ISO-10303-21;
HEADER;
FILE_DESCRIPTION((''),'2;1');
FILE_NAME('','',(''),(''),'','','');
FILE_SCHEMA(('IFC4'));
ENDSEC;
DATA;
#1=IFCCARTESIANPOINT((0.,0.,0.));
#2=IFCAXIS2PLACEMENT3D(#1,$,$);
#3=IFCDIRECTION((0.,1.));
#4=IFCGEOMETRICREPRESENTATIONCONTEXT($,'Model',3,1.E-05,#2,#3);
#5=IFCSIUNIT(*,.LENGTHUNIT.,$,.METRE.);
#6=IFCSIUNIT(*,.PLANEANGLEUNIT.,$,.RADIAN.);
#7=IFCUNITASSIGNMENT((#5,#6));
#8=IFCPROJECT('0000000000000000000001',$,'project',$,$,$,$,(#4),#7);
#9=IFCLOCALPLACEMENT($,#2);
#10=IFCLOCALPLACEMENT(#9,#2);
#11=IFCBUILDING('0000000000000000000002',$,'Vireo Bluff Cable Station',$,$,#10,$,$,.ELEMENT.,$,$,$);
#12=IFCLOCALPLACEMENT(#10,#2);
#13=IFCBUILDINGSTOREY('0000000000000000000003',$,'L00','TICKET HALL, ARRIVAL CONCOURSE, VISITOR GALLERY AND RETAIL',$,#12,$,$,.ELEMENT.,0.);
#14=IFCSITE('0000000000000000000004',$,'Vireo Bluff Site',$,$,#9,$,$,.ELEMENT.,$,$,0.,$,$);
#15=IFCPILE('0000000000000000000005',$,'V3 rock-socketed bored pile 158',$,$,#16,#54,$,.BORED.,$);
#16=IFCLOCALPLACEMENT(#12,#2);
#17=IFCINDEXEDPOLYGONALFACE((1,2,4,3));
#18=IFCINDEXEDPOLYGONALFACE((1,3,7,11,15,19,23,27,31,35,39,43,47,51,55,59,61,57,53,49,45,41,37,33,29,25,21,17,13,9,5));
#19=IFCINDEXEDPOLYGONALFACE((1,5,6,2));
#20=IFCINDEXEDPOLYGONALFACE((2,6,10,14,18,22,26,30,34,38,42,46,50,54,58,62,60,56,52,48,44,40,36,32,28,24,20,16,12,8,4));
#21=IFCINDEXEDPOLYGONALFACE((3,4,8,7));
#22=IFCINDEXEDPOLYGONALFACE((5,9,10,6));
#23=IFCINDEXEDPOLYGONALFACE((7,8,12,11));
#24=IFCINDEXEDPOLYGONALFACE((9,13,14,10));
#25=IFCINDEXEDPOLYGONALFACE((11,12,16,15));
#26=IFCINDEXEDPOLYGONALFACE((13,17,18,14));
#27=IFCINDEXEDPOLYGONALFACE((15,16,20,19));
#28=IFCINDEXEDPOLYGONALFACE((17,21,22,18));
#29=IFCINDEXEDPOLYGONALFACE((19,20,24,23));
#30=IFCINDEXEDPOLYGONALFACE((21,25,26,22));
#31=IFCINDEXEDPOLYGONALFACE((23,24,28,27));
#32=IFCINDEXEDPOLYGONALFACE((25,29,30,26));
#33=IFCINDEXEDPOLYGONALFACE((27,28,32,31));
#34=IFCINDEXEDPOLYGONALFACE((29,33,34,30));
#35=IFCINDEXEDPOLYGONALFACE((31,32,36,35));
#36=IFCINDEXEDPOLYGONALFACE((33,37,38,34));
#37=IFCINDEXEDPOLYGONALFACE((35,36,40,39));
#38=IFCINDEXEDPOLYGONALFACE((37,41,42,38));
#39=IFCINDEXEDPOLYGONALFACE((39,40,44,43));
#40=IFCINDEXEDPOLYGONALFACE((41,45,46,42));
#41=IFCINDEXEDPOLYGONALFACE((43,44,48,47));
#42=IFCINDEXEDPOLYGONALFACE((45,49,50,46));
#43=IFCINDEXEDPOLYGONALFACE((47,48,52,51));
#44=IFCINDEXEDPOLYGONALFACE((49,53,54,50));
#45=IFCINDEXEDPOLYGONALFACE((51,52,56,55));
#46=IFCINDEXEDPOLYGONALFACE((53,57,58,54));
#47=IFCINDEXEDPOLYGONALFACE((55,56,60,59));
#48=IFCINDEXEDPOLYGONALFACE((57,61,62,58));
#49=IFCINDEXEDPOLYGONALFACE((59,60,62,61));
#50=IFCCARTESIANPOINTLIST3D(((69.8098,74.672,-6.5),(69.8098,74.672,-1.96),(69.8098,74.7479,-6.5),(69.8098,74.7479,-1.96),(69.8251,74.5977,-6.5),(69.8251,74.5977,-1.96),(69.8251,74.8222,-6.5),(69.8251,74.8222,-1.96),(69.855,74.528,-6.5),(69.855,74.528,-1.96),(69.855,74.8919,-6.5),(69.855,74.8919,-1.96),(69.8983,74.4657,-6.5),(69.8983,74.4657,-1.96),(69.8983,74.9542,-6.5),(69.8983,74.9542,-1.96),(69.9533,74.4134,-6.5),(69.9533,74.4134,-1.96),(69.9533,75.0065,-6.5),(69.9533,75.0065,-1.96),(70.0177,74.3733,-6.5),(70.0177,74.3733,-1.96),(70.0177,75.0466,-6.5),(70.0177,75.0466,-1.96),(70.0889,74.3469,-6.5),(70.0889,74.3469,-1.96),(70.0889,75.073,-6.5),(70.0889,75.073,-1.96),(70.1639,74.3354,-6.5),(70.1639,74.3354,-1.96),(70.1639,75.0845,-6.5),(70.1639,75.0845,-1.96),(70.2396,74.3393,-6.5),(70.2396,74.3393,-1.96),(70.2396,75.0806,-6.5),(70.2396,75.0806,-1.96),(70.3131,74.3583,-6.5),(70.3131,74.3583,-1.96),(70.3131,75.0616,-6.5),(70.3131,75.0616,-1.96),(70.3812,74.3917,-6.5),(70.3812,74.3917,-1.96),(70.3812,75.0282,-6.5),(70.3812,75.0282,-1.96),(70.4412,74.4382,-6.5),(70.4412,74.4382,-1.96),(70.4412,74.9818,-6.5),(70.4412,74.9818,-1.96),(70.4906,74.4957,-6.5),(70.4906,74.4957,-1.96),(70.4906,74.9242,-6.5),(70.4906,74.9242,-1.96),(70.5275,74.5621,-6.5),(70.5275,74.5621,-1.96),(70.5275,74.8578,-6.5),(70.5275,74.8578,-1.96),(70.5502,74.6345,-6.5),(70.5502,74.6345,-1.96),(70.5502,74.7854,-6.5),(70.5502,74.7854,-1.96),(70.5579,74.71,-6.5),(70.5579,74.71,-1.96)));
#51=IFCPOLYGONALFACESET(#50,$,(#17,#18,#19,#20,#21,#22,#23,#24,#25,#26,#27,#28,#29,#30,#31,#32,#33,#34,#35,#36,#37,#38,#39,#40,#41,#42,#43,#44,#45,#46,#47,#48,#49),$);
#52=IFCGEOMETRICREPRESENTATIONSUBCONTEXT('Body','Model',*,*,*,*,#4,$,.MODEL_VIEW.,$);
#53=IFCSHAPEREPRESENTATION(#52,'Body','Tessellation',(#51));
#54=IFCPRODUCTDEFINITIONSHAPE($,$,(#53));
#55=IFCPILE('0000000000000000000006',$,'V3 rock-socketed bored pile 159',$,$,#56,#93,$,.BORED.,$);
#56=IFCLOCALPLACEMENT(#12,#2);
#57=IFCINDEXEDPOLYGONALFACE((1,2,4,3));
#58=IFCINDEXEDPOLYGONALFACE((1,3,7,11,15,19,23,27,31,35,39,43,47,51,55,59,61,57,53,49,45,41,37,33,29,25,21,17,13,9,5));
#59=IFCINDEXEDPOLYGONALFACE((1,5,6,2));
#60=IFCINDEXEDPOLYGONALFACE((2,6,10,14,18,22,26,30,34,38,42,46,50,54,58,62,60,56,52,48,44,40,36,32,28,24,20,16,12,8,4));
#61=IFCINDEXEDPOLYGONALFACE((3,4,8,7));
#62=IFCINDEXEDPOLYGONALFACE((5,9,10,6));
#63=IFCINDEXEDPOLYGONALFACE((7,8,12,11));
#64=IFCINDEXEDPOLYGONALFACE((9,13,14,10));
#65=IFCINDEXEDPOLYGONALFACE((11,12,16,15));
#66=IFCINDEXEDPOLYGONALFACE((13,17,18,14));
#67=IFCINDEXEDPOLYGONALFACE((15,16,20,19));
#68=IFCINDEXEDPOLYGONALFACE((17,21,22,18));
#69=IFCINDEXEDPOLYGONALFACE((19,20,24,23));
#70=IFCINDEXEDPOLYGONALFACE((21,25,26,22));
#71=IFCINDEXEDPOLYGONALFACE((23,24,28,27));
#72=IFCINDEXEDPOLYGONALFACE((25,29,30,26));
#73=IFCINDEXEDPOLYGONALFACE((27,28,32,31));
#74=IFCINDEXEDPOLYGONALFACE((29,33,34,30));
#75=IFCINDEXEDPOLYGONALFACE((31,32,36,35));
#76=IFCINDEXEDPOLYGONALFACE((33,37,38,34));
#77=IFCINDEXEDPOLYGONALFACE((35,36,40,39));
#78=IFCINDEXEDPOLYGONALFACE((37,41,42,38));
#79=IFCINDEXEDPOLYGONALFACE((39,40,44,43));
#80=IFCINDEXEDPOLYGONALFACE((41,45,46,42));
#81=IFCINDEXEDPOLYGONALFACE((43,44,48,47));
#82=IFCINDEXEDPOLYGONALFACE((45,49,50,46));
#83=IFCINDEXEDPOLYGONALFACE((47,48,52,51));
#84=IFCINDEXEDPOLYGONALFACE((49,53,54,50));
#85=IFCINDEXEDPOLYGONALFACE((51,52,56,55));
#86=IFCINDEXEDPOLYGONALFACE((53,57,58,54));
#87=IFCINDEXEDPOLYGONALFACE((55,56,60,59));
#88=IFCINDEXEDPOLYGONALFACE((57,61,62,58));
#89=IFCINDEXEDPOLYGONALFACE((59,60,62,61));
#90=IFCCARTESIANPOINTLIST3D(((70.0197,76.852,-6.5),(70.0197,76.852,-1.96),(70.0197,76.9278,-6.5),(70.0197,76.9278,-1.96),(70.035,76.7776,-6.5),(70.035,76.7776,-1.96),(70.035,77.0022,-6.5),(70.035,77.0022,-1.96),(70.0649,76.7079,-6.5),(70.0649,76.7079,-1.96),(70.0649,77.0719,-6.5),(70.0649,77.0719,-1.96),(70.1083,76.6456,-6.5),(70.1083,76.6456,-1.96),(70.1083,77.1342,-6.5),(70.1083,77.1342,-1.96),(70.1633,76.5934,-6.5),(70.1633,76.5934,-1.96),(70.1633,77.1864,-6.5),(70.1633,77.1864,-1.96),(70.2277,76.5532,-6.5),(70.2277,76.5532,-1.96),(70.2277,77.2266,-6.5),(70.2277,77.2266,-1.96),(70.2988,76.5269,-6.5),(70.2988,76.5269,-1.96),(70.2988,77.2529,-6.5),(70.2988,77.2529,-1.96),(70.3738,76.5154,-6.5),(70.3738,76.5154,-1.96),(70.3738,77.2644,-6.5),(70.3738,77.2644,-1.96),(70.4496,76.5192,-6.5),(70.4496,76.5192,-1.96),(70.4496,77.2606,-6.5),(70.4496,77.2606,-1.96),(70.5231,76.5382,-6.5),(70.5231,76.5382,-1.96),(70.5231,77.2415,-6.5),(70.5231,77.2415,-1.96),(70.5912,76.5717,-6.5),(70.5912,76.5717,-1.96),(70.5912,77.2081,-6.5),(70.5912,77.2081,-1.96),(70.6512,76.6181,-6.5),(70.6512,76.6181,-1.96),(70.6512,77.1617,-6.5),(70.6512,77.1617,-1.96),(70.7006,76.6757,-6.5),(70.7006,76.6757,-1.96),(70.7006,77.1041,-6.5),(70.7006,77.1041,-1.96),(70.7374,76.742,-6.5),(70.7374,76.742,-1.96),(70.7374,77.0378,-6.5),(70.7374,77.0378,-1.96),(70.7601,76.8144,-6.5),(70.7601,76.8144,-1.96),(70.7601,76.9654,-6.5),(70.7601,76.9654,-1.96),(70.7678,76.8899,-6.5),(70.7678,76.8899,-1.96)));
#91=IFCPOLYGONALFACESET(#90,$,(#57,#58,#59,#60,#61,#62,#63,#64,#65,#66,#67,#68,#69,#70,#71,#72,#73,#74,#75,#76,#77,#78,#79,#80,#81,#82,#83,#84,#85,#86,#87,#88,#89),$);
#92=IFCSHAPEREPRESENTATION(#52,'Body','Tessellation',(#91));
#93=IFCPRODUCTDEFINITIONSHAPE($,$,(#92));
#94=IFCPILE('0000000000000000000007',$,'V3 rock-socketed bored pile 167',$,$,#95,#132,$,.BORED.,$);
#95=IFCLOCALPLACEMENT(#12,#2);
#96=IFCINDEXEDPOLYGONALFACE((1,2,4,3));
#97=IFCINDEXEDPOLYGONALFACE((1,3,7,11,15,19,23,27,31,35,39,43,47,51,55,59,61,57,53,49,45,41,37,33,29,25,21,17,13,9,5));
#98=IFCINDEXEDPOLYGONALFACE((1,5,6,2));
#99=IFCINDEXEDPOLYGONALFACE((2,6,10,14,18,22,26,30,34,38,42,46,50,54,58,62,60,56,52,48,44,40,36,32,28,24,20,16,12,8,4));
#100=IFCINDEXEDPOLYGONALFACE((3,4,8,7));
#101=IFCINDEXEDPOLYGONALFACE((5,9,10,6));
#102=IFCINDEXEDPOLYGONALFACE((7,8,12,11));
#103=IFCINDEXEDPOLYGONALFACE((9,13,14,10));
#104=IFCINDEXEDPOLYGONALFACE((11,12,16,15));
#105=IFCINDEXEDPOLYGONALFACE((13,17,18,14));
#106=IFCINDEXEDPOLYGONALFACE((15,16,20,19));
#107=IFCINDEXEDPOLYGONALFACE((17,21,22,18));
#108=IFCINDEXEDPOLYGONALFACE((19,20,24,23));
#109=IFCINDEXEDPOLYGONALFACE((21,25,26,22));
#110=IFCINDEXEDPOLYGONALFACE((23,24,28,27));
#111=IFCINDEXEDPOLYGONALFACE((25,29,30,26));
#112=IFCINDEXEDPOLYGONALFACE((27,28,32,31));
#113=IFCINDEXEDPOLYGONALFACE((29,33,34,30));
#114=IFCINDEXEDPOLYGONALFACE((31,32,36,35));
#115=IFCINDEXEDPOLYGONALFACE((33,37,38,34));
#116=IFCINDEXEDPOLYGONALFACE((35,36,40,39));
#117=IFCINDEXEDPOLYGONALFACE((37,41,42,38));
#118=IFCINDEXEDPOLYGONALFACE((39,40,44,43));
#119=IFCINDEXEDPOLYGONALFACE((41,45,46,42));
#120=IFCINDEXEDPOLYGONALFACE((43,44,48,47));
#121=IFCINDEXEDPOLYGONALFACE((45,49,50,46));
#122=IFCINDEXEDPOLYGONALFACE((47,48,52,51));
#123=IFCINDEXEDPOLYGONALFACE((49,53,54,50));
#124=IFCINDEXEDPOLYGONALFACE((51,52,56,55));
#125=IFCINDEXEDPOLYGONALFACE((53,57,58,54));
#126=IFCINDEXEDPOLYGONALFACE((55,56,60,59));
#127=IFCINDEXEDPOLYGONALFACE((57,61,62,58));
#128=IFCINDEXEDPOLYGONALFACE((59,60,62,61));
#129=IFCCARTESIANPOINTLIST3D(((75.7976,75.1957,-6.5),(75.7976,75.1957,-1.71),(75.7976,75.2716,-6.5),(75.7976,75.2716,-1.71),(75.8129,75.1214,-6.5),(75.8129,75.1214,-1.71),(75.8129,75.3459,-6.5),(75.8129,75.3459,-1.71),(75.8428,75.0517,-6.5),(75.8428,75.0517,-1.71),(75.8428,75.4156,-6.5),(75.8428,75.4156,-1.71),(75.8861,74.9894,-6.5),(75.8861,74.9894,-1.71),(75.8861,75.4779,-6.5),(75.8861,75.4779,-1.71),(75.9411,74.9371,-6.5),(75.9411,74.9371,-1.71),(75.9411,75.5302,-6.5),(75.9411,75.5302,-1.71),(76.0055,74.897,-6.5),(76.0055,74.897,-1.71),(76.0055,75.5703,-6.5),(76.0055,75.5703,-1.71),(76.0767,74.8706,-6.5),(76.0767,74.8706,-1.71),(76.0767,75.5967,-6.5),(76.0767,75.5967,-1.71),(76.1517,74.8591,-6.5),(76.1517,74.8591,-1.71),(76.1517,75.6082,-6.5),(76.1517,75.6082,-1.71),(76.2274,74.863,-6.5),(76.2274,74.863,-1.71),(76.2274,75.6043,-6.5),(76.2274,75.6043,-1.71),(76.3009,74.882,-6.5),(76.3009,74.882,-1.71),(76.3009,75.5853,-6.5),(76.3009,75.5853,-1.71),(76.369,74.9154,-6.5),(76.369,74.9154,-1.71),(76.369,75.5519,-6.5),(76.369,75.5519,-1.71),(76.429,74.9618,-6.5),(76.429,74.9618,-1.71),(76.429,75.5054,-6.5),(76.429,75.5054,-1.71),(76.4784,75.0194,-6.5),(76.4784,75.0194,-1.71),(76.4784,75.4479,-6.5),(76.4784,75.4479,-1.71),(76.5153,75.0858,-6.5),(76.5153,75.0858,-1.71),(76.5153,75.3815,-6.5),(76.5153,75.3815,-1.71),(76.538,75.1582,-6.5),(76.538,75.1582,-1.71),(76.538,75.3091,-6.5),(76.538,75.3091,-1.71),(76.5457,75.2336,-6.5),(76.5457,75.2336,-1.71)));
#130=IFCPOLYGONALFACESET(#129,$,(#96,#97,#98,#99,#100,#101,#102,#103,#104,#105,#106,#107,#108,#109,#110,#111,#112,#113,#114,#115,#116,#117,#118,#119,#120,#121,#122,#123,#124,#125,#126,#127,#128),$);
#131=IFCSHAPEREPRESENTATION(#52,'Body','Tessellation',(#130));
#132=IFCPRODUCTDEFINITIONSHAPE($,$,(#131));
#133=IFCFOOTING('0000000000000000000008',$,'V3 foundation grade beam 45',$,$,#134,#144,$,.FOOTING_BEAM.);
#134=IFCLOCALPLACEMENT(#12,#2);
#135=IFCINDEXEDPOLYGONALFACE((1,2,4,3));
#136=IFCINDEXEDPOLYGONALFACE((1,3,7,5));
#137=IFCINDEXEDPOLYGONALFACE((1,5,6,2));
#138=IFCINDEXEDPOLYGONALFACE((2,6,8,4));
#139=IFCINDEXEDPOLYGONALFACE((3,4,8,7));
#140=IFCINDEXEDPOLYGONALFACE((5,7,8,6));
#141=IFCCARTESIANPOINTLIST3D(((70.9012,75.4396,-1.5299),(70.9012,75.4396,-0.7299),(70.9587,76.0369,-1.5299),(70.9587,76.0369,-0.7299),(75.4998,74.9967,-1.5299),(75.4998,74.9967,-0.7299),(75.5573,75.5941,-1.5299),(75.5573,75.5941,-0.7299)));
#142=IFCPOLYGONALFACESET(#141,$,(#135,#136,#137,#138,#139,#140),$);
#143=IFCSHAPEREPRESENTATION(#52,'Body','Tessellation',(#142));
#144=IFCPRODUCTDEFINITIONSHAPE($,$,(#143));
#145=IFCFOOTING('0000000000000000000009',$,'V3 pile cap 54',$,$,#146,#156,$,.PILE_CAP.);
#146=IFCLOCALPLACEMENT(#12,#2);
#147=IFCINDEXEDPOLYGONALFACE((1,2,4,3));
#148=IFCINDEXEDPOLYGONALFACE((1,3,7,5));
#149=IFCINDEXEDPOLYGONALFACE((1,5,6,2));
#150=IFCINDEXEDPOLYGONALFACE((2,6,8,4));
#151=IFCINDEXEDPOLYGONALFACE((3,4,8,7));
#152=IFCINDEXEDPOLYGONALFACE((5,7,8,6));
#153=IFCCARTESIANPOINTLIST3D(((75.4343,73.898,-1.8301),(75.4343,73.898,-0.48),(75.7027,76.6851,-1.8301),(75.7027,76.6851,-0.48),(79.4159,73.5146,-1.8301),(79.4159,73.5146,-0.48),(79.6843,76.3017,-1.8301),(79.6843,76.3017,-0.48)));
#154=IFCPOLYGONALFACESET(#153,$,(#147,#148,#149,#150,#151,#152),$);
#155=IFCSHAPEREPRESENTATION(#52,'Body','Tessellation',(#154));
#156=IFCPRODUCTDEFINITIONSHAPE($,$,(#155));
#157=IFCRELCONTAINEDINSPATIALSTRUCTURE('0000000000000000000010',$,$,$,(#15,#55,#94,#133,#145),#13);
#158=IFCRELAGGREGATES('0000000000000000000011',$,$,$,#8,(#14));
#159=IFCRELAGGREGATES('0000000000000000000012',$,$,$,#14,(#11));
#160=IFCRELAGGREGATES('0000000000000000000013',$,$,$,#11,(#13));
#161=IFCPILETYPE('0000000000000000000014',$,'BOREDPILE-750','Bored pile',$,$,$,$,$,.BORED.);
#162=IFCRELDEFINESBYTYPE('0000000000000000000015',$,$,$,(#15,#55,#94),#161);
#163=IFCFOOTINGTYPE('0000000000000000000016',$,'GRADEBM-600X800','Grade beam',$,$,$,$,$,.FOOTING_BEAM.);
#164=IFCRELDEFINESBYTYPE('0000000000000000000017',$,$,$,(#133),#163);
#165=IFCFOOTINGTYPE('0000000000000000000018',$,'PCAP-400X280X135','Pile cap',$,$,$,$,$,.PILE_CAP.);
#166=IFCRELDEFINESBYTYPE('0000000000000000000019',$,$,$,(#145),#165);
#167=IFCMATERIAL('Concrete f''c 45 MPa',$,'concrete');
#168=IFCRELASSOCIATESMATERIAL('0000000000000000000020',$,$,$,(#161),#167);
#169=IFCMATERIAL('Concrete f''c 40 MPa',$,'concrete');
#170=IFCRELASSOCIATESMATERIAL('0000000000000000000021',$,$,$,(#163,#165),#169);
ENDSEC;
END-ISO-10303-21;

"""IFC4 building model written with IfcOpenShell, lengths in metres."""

from ifc_helpers import new_model, si_unit, direction, frame, origin, origin_2d, place, context, subcontext, project, spatial, rectangle, circle, extrude, material, material_profile, profile_set, type_object, element, save


model = new_model("IFC4")

# Units and contexts
model_context = context("Model", 3, precision=1e-05, world=origin(), true_north=direction((0.0, 1.0)))
body_context = subcontext(model_context, "Body", "Model", "MODEL_VIEW")
ifc_project = project(units=[si_unit("LENGTHUNIT", "METRE"), si_unit("PLANEANGLEUNIT", "RADIAN")], contexts=[model_context])

# Site, building, storey
site_placement = place(None, origin())
site = spatial("IfcSite", under=ifc_project, at=site_placement, Name="Vireo Bluff Site", CompositionType="ELEMENT", RefElevation=0.0)
building_placement = place(site_placement, origin())
building = spatial("IfcBuilding", under=site, at=building_placement, Name="Vireo Bluff Cable Station", CompositionType="ELEMENT")
storey_placement = place(building_placement, origin())
storey = spatial("IfcBuildingStorey", under=building, at=storey_placement, Name="L00", Description="TICKET HALL, ARRIVAL CONCOURSE, VISITOR GALLERY AND RETAIL", CompositionType="ELEMENT", Elevation=0.0)

# Piles
ifc_material_1 = material(Name="Concrete f'c 45 MPa", Category="concrete")
ifc_material_profile_1 = material_profile(ifc_material_1, circle(Radius=0.375, at=origin_2d()), Name="BOREDPILE-750")
ifc_profile_set_1 = profile_set([ifc_material_profile_1], Name="Concrete f'c 45 MPa")
pile_type = type_object("IfcPileType", Name="BOREDPILE-750", Description="Bored pile", PredefinedType="BORED", material=ifc_profile_set_1)
for number, where, z_axis, x_axis, name in (
    (1, (70.1829, 74.71, -1.96), (0.0, 0.0, -1.0), (1.0, 0.0, 0.0), "V3 rock-socketed bored pile 158"),
    (2, (70.3928, 76.8899, -1.96), (0.0, 0.0, -1.0), (1.0, 0.0, 0.0), "V3 rock-socketed bored pile 159"),
):
    element("IfcPile", number, at=place(storey_placement, frame(where, z_axis=z_axis, x_axis=x_axis)), inside=storey, type_object=pile_type, Name=name, PredefinedType="BORED", context=body_context, shape_type="SweptSolid", body=[
        extrude(circle(Radius=0.375, at=origin_2d()), origin(), (0.0, 0.0, 1.0), 4.54),
    ])
pile_placement = place(storey_placement, frame((76.1707, 75.2336, -1.71), z_axis=(0.0, 0.0, -1.0), x_axis=(1.0, 0.0, 0.0)))
element("IfcPile", 3, at=pile_placement, inside=storey, type_object=pile_type, Name="V3 rock-socketed bored pile 167", PredefinedType="BORED", context=body_context, shape_type="SweptSolid", body=[
    extrude(circle(Radius=0.375, at=origin_2d()), origin(), (0.0, 0.0, 1.0), 4.79),
])

# Footings
ifc_material_2 = material(Name="Concrete f'c 40 MPa", Category="concrete")
ifc_material_profile_2 = material_profile(ifc_material_2, rectangle(XDim=0.6001, YDim=0.8, at=origin_2d()), Name="GRADEBM-600X800")
ifc_profile_set_2 = profile_set([ifc_material_profile_2], Name="Concrete f'c 40 MPa")
footing_type_1 = type_object("IfcFootingType", Name="GRADEBM-600X800", Description="Grade beam", PredefinedType="FOOTING_BEAM", material=ifc_profile_set_2)
footing_1_placement = place(storey_placement, frame((70.9299, 75.7383, -1.1299), z_axis=(0.995395, -0.095861, 0.0), x_axis=(0.095861, 0.995395, 0.0)))
element("IfcFooting", 4, at=footing_1_placement, inside=storey, type_object=footing_type_1, Name="V3 foundation grade beam 45", PredefinedType="FOOTING_BEAM", context=body_context, shape_type="SweptSolid", body=[
    extrude(rectangle(XDim=0.6001, YDim=0.8, at=origin_2d()), origin(), (0.0, 0.0, 1.0), 4.6199),
])
footing_type_2 = type_object("IfcFootingType", Name="PCAP-400X280X135", Description="Pile cap", PredefinedType="PILE_CAP", material=ifc_material_2)
footing_2_placement = place(storey_placement, frame((77.5593, 75.0999, -1.8301), z_axis=(0.0, 0.0, 1.0), x_axis=(0.995396, -0.095846, 0.0)))
element("IfcFooting", 5, at=footing_2_placement, inside=storey, type_object=footing_type_2, Name="V3 pile cap 54", PredefinedType="PILE_CAP", context=body_context, shape_type="SweptSolid", body=[
    extrude(rectangle(XDim=4.0, YDim=2.8, at=origin_2d()), origin(), (0.0, 0.0, 1.0), 1.3501),
])

save(model, "model.ifc")
